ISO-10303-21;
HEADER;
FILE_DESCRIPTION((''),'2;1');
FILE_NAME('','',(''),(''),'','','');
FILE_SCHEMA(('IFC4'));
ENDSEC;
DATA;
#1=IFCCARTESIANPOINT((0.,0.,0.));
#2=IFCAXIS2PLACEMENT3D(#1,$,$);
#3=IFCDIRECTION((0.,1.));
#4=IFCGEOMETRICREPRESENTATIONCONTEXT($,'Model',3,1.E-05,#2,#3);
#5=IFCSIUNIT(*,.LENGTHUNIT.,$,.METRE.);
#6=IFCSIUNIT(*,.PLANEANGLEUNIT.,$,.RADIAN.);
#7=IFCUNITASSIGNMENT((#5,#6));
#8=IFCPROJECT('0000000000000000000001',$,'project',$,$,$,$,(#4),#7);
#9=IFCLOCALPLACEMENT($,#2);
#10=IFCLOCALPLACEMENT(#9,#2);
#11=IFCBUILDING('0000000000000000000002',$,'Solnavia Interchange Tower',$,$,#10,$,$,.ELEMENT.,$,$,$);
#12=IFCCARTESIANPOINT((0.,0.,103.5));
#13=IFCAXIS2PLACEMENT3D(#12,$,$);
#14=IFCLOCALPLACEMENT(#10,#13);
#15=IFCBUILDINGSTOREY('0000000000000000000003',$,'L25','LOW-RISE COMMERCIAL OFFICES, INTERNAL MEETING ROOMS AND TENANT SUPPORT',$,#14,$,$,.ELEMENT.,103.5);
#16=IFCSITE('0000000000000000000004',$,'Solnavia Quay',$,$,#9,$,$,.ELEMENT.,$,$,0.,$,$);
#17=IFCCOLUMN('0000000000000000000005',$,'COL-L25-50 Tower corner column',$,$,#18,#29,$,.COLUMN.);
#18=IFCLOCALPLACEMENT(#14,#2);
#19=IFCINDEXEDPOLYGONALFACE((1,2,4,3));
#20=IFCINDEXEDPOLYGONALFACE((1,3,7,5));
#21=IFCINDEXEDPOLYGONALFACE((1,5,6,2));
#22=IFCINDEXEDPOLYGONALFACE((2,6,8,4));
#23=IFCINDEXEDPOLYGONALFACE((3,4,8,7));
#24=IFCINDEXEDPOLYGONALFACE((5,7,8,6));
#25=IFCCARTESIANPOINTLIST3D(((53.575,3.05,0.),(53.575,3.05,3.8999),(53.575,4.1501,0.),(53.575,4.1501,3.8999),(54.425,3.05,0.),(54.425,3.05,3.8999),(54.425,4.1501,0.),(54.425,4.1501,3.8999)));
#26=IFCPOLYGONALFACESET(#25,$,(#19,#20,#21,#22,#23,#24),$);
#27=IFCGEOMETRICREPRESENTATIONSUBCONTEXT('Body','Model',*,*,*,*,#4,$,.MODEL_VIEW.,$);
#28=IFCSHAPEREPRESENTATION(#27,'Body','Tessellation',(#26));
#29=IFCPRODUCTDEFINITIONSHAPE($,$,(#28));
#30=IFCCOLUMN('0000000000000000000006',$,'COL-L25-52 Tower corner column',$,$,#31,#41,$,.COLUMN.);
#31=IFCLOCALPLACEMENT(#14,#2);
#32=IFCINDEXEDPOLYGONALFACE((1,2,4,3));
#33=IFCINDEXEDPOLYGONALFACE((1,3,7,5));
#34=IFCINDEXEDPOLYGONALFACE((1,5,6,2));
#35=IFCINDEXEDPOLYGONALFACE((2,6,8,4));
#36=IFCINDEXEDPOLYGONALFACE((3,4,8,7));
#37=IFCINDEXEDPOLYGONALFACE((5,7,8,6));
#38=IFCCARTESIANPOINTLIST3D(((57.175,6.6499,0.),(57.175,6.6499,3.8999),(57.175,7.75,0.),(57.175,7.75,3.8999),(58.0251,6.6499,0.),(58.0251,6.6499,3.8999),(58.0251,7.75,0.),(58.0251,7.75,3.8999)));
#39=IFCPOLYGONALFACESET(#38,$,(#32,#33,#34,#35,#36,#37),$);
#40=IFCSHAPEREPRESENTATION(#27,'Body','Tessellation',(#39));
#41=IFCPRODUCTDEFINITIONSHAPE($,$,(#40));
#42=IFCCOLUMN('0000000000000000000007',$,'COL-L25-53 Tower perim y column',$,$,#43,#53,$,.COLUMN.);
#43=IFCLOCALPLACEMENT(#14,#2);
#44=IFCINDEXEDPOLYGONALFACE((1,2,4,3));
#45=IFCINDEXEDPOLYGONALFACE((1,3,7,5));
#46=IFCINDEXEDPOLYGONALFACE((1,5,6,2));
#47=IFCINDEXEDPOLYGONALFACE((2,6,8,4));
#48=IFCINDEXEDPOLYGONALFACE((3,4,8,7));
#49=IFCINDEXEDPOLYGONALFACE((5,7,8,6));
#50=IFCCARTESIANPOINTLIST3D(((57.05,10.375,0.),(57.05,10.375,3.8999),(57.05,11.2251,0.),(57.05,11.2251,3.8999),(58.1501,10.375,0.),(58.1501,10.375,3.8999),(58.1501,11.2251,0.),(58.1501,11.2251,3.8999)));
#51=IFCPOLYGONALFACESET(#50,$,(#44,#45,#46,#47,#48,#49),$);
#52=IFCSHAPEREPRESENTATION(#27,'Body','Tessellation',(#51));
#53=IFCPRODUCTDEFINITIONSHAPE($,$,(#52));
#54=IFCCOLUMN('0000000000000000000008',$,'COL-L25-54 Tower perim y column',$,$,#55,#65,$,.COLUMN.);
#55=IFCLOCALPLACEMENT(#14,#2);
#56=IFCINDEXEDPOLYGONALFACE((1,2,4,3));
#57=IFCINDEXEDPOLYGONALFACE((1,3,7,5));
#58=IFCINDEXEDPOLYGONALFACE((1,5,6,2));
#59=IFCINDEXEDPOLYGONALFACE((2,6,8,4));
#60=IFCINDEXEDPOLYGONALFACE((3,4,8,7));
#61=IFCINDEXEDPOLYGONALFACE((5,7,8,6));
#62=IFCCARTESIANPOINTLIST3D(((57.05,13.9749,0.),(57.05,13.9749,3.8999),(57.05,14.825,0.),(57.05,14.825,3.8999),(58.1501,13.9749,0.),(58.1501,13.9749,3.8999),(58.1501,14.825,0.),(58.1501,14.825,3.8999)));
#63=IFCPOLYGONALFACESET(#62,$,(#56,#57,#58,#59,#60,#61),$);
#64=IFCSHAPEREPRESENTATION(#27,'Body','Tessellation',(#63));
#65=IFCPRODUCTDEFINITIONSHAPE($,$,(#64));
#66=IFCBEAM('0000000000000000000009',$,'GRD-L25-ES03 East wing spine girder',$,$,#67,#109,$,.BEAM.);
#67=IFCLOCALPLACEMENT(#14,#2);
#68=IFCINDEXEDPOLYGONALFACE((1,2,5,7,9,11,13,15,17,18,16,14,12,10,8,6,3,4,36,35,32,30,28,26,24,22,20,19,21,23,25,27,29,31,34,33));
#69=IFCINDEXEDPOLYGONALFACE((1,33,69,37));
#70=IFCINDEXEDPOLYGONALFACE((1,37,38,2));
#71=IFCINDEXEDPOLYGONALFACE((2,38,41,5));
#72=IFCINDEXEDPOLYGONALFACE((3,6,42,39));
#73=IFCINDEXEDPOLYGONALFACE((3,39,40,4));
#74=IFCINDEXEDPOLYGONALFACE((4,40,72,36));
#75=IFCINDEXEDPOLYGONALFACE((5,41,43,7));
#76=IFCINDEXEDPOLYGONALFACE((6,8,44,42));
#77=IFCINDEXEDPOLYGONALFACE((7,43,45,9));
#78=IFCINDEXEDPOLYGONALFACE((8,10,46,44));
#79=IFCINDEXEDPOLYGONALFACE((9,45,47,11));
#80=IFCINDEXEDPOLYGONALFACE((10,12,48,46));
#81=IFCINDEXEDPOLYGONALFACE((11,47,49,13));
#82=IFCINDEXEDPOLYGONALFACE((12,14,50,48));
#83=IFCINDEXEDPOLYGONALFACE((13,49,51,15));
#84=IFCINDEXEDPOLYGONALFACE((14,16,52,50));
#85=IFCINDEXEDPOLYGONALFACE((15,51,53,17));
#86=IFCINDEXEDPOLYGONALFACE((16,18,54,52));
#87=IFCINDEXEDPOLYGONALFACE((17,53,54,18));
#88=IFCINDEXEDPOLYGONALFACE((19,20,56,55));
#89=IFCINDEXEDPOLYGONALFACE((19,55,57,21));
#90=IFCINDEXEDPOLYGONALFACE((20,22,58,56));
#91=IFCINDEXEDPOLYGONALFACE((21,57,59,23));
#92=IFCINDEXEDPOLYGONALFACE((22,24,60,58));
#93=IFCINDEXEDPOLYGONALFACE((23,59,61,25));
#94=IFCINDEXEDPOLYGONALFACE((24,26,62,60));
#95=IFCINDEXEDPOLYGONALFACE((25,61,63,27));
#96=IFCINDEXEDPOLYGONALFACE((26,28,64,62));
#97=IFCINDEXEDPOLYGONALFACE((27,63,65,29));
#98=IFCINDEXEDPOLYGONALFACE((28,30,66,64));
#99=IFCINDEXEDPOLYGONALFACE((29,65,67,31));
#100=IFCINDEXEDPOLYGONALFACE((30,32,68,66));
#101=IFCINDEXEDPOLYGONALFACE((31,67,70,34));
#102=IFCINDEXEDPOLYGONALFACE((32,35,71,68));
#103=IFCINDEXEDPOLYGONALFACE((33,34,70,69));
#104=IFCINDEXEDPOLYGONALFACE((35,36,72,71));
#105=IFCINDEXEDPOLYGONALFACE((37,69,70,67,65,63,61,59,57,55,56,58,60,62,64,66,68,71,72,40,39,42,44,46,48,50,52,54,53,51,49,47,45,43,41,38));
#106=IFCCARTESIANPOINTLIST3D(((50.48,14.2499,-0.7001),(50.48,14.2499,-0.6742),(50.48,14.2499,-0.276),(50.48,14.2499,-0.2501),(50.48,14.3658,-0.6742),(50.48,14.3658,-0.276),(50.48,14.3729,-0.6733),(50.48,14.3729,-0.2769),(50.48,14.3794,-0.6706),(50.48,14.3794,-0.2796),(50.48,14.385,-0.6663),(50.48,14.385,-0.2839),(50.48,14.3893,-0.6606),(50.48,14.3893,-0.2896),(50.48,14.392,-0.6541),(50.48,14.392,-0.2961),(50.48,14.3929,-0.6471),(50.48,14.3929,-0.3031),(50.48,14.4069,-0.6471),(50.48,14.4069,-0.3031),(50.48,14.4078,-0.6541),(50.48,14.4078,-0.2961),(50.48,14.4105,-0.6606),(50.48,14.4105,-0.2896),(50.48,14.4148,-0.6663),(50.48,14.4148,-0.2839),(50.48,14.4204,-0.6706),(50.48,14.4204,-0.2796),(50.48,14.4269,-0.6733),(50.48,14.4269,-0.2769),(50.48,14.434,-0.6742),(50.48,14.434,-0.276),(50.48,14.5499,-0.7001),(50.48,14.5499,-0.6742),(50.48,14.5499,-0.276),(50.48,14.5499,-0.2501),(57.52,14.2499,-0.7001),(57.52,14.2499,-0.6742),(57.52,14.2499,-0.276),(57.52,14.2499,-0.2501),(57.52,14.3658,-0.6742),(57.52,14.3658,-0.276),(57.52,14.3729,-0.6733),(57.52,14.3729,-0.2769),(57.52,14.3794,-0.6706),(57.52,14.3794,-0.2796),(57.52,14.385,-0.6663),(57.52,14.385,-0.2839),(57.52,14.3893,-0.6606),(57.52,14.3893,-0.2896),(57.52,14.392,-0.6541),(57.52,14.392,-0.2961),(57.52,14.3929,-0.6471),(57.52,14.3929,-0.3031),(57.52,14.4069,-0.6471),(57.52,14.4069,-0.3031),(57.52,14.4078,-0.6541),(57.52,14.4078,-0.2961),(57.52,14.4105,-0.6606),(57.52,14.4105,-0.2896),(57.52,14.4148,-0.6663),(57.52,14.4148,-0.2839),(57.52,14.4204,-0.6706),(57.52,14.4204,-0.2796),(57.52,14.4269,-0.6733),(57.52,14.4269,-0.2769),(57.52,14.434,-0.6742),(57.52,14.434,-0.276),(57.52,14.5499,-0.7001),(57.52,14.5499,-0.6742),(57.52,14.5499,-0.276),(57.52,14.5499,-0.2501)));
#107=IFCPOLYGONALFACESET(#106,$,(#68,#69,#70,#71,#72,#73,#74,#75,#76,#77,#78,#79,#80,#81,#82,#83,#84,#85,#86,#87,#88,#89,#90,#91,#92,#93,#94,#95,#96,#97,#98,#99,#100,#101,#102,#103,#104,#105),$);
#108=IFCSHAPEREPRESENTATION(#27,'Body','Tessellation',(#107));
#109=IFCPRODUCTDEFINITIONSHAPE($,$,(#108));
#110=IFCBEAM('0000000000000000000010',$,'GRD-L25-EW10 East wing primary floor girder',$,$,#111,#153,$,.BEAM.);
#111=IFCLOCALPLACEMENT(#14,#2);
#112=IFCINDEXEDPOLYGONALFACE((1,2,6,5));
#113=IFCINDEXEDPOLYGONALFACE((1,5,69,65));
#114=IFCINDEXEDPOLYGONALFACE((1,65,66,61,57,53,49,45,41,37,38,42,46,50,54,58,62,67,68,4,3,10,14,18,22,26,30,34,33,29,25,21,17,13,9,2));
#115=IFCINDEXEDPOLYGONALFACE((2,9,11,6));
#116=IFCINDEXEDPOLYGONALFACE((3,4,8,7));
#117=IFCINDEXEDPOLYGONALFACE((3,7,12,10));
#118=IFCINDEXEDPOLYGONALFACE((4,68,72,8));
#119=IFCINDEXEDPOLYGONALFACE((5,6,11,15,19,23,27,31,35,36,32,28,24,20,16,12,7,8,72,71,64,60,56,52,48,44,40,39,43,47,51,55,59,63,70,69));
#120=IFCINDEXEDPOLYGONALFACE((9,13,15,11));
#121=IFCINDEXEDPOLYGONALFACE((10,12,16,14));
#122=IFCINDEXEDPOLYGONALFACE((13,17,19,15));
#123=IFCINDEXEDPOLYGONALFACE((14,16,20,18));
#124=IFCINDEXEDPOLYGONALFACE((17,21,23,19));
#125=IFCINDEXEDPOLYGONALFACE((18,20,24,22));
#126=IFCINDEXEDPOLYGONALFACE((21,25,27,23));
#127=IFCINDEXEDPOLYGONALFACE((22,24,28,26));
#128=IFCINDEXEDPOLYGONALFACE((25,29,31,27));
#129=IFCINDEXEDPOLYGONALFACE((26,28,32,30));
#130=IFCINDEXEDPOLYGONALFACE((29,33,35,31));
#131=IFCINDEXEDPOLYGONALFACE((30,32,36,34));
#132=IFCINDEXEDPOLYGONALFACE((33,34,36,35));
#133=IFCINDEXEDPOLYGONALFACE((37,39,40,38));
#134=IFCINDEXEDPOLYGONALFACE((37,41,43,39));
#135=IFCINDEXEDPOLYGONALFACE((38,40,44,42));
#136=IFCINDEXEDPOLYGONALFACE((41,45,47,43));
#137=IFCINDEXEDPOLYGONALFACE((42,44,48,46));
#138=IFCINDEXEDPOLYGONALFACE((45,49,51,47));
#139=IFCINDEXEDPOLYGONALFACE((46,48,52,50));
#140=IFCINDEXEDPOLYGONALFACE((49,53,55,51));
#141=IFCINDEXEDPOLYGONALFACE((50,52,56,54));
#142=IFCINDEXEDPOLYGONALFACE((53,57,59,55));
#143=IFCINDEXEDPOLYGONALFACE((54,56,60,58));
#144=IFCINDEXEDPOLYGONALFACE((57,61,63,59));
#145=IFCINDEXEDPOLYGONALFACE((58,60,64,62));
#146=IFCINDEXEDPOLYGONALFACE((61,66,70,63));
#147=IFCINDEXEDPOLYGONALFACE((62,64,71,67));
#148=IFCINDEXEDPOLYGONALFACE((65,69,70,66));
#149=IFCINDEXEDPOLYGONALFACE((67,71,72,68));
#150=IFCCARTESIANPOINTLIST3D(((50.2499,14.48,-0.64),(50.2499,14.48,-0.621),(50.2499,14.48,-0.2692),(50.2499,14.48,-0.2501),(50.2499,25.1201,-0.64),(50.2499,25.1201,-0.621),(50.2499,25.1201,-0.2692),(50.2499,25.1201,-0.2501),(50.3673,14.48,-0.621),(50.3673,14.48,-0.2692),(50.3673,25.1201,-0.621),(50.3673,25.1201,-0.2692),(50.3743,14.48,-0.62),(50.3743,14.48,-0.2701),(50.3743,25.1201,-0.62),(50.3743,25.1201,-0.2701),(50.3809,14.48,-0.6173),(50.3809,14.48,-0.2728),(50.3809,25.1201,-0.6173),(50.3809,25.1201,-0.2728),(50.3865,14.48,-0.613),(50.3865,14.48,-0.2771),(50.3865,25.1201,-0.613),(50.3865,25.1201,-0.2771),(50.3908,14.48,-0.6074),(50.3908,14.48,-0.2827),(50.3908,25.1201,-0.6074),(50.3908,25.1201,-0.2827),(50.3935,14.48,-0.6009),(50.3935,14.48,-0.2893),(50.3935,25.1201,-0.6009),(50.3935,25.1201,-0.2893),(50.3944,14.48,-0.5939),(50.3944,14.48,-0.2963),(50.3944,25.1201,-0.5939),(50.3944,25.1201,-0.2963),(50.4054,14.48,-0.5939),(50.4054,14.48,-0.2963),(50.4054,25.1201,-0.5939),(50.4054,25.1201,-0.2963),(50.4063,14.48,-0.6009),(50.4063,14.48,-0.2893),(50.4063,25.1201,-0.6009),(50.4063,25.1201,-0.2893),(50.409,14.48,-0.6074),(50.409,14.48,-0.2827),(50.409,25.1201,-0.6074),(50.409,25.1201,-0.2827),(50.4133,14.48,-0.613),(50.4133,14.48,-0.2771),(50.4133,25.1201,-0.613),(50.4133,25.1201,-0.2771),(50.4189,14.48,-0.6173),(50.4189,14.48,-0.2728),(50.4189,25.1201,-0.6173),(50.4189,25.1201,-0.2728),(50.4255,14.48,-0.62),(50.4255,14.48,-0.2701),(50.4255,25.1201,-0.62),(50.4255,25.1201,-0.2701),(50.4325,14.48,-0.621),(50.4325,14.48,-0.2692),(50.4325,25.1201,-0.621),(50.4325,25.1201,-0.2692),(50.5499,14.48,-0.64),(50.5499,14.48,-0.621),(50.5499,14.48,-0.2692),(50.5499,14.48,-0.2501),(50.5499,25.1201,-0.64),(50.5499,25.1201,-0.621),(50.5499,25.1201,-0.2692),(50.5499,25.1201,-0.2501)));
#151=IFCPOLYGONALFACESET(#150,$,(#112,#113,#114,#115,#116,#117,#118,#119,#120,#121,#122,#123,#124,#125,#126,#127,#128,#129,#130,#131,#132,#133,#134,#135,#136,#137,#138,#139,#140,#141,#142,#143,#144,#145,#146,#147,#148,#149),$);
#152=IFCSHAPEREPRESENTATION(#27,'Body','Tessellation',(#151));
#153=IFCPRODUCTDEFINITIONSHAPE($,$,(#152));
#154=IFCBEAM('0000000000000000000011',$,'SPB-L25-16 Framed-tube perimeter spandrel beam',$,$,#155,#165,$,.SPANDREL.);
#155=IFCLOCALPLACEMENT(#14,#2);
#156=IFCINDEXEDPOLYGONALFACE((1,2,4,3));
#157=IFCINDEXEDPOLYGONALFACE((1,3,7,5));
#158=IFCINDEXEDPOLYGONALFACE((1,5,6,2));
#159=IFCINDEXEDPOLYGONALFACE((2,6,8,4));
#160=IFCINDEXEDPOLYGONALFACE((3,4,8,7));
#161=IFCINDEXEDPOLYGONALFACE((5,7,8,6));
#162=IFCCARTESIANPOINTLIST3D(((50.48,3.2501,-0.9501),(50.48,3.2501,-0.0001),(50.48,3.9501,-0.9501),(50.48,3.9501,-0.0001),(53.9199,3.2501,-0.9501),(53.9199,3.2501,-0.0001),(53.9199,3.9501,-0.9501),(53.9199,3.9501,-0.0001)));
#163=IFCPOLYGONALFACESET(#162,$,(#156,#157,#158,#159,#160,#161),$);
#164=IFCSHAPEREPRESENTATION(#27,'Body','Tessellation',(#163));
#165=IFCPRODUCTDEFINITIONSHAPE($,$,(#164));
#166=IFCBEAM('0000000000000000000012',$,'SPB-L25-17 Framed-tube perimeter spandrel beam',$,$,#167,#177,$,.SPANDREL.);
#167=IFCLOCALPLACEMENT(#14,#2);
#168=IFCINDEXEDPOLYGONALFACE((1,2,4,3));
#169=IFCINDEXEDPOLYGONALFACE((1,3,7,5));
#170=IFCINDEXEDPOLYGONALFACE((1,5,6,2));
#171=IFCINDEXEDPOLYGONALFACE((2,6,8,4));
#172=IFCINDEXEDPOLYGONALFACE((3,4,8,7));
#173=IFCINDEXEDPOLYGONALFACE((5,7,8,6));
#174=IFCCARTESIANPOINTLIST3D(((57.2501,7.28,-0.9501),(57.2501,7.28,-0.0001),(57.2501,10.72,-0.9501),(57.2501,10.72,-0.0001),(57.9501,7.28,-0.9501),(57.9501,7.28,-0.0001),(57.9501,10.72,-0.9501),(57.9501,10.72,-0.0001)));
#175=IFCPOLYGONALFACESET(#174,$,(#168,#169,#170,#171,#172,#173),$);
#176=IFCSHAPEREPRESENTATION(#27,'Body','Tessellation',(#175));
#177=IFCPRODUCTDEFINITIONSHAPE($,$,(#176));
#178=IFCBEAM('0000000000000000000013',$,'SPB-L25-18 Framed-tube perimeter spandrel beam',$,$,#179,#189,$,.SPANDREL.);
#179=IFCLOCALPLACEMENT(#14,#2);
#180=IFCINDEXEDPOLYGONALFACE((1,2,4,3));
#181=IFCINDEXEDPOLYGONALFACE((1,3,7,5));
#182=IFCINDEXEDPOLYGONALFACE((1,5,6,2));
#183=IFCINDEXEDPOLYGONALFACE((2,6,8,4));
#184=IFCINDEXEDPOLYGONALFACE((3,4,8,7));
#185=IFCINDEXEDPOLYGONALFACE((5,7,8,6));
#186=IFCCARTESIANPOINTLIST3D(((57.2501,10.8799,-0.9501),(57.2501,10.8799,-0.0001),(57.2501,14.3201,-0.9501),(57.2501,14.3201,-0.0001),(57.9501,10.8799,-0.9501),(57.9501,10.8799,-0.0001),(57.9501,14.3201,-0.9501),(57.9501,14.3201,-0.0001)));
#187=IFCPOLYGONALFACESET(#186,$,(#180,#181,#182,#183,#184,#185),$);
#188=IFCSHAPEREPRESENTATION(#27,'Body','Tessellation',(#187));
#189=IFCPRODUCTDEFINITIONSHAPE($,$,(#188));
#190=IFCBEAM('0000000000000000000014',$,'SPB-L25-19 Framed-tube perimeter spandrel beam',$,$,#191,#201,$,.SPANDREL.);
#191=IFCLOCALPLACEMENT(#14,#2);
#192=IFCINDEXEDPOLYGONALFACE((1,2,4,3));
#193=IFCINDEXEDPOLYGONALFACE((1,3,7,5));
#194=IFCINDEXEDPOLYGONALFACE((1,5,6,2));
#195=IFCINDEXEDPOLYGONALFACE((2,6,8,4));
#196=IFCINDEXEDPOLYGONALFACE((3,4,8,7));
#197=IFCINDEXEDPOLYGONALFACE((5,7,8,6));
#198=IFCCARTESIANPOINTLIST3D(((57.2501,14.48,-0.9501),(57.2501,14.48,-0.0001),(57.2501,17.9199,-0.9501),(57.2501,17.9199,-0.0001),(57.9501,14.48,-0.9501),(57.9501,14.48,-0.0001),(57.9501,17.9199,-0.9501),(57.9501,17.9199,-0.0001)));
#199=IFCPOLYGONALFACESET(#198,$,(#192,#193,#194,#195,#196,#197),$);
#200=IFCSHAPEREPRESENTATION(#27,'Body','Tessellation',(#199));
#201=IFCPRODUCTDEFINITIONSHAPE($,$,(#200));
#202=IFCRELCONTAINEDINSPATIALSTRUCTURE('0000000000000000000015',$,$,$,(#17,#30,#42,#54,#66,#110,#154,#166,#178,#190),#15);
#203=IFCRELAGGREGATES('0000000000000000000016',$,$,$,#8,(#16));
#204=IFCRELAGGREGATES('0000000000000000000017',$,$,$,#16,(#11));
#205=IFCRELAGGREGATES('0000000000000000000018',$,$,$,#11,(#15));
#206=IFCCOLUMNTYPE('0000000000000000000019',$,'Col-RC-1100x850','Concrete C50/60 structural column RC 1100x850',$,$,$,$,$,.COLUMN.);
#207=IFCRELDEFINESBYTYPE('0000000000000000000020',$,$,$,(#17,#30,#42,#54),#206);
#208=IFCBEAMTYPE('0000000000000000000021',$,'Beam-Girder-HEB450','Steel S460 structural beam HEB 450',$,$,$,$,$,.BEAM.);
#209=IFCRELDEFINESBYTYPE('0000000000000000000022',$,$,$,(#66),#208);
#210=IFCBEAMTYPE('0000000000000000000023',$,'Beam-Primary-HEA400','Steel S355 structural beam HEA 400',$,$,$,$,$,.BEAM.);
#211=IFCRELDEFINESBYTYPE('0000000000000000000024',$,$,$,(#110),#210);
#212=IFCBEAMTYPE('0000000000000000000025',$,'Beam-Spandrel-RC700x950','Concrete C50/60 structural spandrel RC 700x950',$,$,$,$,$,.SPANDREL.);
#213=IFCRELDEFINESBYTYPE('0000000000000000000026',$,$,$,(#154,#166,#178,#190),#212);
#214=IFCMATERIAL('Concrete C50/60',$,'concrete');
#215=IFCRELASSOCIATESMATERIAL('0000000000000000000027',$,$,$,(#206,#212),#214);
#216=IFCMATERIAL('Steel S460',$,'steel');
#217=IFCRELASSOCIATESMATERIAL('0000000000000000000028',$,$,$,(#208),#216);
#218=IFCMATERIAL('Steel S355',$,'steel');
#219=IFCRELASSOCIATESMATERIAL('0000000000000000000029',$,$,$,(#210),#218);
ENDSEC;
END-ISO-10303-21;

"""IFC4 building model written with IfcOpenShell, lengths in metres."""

from ifc_helpers import new_model, si_unit, direction, frame, origin, origin_2d, place, context, subcontext, project, spatial, rectangle, i_section, extrude, material, material_profile, profile_set, type_object, element, save


model = new_model("IFC4")

# Units and contexts
model_context = context("Model", 3, precision=1e-05, world=origin(), true_north=direction((0.0, 1.0)))
body_context = subcontext(model_context, "Body", "Model", "MODEL_VIEW")
ifc_project = project(units=[si_unit("LENGTHUNIT", "METRE"), si_unit("PLANEANGLEUNIT", "RADIAN")], contexts=[model_context])

# Site, building, storey
site_placement = place(None, origin())
site = spatial("IfcSite", under=ifc_project, at=site_placement, Name="Solnavia Quay", CompositionType="ELEMENT", RefElevation=0.0)
building_placement = place(site_placement, origin())
building = spatial("IfcBuilding", under=site, at=building_placement, Name="Solnavia Interchange Tower", CompositionType="ELEMENT")
storey_placement = place(building_placement, frame((0.0, 0.0, 103.5)))
storey = spatial("IfcBuildingStorey", under=building, at=storey_placement, Name="L25", Description="LOW-RISE COMMERCIAL OFFICES, INTERNAL MEETING ROOMS AND TENANT SUPPORT", CompositionType="ELEMENT", Elevation=103.5)

# Columns
ifc_material_1 = material(Name="Concrete C50/60", Category="concrete")
ifc_material_profile_1 = material_profile(ifc_material_1, rectangle(XDim=0.8501, YDim=1.1001, at=origin_2d()), Name="RC 1100x850")
ifc_profile_set_1 = profile_set([ifc_material_profile_1], Name="Concrete C50/60")
column_type = type_object("IfcColumnType", Name="Col-RC-1100x850", Description="Concrete C50/60 structural column RC 1100x850", PredefinedType="COLUMN", material=ifc_profile_set_1)
for number, where, z_axis, x_axis, name in (
    (1, (54.0, 3.6001, 0.0), (0.0, 0.0, 1.0), (1.0, 0.0, 0.0), "COL-L25-50 Tower corner column"),
    (2, (57.6001, 7.2, 0.0), (0.0, 0.0, 1.0), (1.0, 0.0, 0.0), "COL-L25-52 Tower corner column"),
    (3, (57.6001, 10.8, 0.0), (0.0, 0.0, 1.0), (0.0, 1.0, 0.0), "COL-L25-53 Tower perim y column"),
    (4, (57.6001, 14.3999, 0.0), (0.0, 0.0, 1.0), (0.0, 1.0, 0.0), "COL-L25-54 Tower perim y column"),
):
    element("IfcColumn", number, at=place(storey_placement, frame(where, z_axis=z_axis, x_axis=x_axis)), inside=storey, type_object=column_type, Name=name, PredefinedType="COLUMN", context=body_context, shape_type="SweptSolid", body=[
        extrude(rectangle(XDim=0.8501, YDim=1.1001, at=origin_2d()), origin(), (0.0, 0.0, 1.0), 3.8999),
    ])

# Beams
ifc_material_2 = material(Name="Steel S460", Category="steel")
ifc_material_profile_2 = material_profile(ifc_material_2, i_section(OverallWidth=0.3, OverallDepth=0.45, WebThickness=0.0139, FlangeThickness=0.0259, FilletRadius=0.0271, at=origin_2d()), Name="HEB 450")
ifc_profile_set_2 = profile_set([ifc_material_profile_2], Name="Steel S460")
beam_type_1 = type_object("IfcBeamType", Name="Beam-Girder-HEB450", Description="Steel S460 structural beam HEB 450", PredefinedType="BEAM", material=ifc_profile_set_2)
beam_1_placement = place(storey_placement, frame((50.48, 14.3999, -0.4751), z_axis=(1.0, 0.0, 0.0), x_axis=(0.0, 1.0, 0.0)))
element("IfcBeam", 5, at=beam_1_placement, inside=storey, type_object=beam_type_1, Name="GRD-L25-ES03 East wing spine girder", PredefinedType="BEAM", context=body_context, shape_type="SweptSolid", body=[
    extrude(i_section(OverallWidth=0.3, OverallDepth=0.45, WebThickness=0.0139, FlangeThickness=0.0259, FilletRadius=0.0271, at=origin_2d()), origin(), (0.0, 0.0, 1.0), 7.04),
])
ifc_material_3 = material(Name="Steel S355", Category="steel")
ifc_material_profile_3 = material_profile(ifc_material_3, i_section(OverallWidth=0.3, OverallDepth=0.3899, WebThickness=0.011, FlangeThickness=0.019, FilletRadius=0.0271, at=origin_2d()), Name="HEA 400")
ifc_profile_set_3 = profile_set([ifc_material_profile_3], Name="Steel S355")
beam_type_2 = type_object("IfcBeamType", Name="Beam-Primary-HEA400", Description="Steel S355 structural beam HEA 400", PredefinedType="BEAM", material=ifc_profile_set_3)
beam_2_placement = place(storey_placement, frame((50.3999, 14.48, -0.4451), z_axis=(0.0, 1.0, 0.0), x_axis=(-1.0, 0.0, 0.0)))
element("IfcBeam", 6, at=beam_2_placement, inside=storey, type_object=beam_type_2, Name="GRD-L25-EW10 East wing primary floor girder", PredefinedType="BEAM", context=body_context, shape_type="SweptSolid", body=[
    extrude(i_section(OverallWidth=0.3, OverallDepth=0.3899, WebThickness=0.011, FlangeThickness=0.019, FilletRadius=0.0271, at=origin_2d()), origin(), (0.0, 0.0, 1.0), 10.6401),
])
ifc_material_profile_4 = material_profile(ifc_material_1, rectangle(XDim=0.7, YDim=0.95, at=origin_2d()), Name="RC 700x950")
ifc_profile_set_4 = profile_set([ifc_material_profile_4], Name="Concrete C50/60")
beam_type_3 = type_object("IfcBeamType", Name="Beam-Spandrel-RC700x950", Description="Concrete C50/60 structural spandrel RC 700x950", PredefinedType="SPANDREL", material=ifc_profile_set_4)
for number, where, z_axis, x_axis, name in (
    (7, (50.48, 3.6001, -0.4751), (1.0, 0.0, 0.0), (0.0, 1.0, 0.0), "SPB-L25-16 Framed-tube perimeter spandrel beam"),
    (8, (57.6001, 7.28, -0.4751), (0.0, 1.0, 0.0), (-1.0, 0.0, 0.0), "SPB-L25-17 Framed-tube perimeter spandrel beam"),
):
    element("IfcBeam", number, at=place(storey_placement, frame(where, z_axis=z_axis, x_axis=x_axis)), inside=storey, type_object=beam_type_3, Name=name, PredefinedType="SPANDREL", context=body_context, shape_type="SweptSolid", body=[
        extrude(rectangle(XDim=0.7, YDim=0.95, at=origin_2d()), origin(), (0.0, 0.0, 1.0), 3.4399),
    ])
beam_3_placement = place(storey_placement, frame((57.6001, 10.8799, -0.4751), z_axis=(0.0, 1.0, 0.0), x_axis=(-1.0, 0.0, 0.0)))
element("IfcBeam", 9, at=beam_3_placement, inside=storey, type_object=beam_type_3, Name="SPB-L25-18 Framed-tube perimeter spandrel beam", PredefinedType="SPANDREL", context=body_context, shape_type="SweptSolid", body=[
    extrude(rectangle(XDim=0.7, YDim=0.95, at=origin_2d()), origin(), (0.0, 0.0, 1.0), 3.4402),
])
beam_4_placement = place(storey_placement, frame((57.6001, 14.48, -0.4751), z_axis=(0.0, 1.0, 0.0), x_axis=(-1.0, 0.0, 0.0)))
element("IfcBeam", 10, at=beam_4_placement, inside=storey, type_object=beam_type_3, Name="SPB-L25-19 Framed-tube perimeter spandrel beam", PredefinedType="SPANDREL", context=body_context, shape_type="SweptSolid", body=[
    extrude(rectangle(XDim=0.7, YDim=0.95, at=origin_2d()), origin(), (0.0, 0.0, 1.0), 3.4399),
])

save(model, "model.ifc")
